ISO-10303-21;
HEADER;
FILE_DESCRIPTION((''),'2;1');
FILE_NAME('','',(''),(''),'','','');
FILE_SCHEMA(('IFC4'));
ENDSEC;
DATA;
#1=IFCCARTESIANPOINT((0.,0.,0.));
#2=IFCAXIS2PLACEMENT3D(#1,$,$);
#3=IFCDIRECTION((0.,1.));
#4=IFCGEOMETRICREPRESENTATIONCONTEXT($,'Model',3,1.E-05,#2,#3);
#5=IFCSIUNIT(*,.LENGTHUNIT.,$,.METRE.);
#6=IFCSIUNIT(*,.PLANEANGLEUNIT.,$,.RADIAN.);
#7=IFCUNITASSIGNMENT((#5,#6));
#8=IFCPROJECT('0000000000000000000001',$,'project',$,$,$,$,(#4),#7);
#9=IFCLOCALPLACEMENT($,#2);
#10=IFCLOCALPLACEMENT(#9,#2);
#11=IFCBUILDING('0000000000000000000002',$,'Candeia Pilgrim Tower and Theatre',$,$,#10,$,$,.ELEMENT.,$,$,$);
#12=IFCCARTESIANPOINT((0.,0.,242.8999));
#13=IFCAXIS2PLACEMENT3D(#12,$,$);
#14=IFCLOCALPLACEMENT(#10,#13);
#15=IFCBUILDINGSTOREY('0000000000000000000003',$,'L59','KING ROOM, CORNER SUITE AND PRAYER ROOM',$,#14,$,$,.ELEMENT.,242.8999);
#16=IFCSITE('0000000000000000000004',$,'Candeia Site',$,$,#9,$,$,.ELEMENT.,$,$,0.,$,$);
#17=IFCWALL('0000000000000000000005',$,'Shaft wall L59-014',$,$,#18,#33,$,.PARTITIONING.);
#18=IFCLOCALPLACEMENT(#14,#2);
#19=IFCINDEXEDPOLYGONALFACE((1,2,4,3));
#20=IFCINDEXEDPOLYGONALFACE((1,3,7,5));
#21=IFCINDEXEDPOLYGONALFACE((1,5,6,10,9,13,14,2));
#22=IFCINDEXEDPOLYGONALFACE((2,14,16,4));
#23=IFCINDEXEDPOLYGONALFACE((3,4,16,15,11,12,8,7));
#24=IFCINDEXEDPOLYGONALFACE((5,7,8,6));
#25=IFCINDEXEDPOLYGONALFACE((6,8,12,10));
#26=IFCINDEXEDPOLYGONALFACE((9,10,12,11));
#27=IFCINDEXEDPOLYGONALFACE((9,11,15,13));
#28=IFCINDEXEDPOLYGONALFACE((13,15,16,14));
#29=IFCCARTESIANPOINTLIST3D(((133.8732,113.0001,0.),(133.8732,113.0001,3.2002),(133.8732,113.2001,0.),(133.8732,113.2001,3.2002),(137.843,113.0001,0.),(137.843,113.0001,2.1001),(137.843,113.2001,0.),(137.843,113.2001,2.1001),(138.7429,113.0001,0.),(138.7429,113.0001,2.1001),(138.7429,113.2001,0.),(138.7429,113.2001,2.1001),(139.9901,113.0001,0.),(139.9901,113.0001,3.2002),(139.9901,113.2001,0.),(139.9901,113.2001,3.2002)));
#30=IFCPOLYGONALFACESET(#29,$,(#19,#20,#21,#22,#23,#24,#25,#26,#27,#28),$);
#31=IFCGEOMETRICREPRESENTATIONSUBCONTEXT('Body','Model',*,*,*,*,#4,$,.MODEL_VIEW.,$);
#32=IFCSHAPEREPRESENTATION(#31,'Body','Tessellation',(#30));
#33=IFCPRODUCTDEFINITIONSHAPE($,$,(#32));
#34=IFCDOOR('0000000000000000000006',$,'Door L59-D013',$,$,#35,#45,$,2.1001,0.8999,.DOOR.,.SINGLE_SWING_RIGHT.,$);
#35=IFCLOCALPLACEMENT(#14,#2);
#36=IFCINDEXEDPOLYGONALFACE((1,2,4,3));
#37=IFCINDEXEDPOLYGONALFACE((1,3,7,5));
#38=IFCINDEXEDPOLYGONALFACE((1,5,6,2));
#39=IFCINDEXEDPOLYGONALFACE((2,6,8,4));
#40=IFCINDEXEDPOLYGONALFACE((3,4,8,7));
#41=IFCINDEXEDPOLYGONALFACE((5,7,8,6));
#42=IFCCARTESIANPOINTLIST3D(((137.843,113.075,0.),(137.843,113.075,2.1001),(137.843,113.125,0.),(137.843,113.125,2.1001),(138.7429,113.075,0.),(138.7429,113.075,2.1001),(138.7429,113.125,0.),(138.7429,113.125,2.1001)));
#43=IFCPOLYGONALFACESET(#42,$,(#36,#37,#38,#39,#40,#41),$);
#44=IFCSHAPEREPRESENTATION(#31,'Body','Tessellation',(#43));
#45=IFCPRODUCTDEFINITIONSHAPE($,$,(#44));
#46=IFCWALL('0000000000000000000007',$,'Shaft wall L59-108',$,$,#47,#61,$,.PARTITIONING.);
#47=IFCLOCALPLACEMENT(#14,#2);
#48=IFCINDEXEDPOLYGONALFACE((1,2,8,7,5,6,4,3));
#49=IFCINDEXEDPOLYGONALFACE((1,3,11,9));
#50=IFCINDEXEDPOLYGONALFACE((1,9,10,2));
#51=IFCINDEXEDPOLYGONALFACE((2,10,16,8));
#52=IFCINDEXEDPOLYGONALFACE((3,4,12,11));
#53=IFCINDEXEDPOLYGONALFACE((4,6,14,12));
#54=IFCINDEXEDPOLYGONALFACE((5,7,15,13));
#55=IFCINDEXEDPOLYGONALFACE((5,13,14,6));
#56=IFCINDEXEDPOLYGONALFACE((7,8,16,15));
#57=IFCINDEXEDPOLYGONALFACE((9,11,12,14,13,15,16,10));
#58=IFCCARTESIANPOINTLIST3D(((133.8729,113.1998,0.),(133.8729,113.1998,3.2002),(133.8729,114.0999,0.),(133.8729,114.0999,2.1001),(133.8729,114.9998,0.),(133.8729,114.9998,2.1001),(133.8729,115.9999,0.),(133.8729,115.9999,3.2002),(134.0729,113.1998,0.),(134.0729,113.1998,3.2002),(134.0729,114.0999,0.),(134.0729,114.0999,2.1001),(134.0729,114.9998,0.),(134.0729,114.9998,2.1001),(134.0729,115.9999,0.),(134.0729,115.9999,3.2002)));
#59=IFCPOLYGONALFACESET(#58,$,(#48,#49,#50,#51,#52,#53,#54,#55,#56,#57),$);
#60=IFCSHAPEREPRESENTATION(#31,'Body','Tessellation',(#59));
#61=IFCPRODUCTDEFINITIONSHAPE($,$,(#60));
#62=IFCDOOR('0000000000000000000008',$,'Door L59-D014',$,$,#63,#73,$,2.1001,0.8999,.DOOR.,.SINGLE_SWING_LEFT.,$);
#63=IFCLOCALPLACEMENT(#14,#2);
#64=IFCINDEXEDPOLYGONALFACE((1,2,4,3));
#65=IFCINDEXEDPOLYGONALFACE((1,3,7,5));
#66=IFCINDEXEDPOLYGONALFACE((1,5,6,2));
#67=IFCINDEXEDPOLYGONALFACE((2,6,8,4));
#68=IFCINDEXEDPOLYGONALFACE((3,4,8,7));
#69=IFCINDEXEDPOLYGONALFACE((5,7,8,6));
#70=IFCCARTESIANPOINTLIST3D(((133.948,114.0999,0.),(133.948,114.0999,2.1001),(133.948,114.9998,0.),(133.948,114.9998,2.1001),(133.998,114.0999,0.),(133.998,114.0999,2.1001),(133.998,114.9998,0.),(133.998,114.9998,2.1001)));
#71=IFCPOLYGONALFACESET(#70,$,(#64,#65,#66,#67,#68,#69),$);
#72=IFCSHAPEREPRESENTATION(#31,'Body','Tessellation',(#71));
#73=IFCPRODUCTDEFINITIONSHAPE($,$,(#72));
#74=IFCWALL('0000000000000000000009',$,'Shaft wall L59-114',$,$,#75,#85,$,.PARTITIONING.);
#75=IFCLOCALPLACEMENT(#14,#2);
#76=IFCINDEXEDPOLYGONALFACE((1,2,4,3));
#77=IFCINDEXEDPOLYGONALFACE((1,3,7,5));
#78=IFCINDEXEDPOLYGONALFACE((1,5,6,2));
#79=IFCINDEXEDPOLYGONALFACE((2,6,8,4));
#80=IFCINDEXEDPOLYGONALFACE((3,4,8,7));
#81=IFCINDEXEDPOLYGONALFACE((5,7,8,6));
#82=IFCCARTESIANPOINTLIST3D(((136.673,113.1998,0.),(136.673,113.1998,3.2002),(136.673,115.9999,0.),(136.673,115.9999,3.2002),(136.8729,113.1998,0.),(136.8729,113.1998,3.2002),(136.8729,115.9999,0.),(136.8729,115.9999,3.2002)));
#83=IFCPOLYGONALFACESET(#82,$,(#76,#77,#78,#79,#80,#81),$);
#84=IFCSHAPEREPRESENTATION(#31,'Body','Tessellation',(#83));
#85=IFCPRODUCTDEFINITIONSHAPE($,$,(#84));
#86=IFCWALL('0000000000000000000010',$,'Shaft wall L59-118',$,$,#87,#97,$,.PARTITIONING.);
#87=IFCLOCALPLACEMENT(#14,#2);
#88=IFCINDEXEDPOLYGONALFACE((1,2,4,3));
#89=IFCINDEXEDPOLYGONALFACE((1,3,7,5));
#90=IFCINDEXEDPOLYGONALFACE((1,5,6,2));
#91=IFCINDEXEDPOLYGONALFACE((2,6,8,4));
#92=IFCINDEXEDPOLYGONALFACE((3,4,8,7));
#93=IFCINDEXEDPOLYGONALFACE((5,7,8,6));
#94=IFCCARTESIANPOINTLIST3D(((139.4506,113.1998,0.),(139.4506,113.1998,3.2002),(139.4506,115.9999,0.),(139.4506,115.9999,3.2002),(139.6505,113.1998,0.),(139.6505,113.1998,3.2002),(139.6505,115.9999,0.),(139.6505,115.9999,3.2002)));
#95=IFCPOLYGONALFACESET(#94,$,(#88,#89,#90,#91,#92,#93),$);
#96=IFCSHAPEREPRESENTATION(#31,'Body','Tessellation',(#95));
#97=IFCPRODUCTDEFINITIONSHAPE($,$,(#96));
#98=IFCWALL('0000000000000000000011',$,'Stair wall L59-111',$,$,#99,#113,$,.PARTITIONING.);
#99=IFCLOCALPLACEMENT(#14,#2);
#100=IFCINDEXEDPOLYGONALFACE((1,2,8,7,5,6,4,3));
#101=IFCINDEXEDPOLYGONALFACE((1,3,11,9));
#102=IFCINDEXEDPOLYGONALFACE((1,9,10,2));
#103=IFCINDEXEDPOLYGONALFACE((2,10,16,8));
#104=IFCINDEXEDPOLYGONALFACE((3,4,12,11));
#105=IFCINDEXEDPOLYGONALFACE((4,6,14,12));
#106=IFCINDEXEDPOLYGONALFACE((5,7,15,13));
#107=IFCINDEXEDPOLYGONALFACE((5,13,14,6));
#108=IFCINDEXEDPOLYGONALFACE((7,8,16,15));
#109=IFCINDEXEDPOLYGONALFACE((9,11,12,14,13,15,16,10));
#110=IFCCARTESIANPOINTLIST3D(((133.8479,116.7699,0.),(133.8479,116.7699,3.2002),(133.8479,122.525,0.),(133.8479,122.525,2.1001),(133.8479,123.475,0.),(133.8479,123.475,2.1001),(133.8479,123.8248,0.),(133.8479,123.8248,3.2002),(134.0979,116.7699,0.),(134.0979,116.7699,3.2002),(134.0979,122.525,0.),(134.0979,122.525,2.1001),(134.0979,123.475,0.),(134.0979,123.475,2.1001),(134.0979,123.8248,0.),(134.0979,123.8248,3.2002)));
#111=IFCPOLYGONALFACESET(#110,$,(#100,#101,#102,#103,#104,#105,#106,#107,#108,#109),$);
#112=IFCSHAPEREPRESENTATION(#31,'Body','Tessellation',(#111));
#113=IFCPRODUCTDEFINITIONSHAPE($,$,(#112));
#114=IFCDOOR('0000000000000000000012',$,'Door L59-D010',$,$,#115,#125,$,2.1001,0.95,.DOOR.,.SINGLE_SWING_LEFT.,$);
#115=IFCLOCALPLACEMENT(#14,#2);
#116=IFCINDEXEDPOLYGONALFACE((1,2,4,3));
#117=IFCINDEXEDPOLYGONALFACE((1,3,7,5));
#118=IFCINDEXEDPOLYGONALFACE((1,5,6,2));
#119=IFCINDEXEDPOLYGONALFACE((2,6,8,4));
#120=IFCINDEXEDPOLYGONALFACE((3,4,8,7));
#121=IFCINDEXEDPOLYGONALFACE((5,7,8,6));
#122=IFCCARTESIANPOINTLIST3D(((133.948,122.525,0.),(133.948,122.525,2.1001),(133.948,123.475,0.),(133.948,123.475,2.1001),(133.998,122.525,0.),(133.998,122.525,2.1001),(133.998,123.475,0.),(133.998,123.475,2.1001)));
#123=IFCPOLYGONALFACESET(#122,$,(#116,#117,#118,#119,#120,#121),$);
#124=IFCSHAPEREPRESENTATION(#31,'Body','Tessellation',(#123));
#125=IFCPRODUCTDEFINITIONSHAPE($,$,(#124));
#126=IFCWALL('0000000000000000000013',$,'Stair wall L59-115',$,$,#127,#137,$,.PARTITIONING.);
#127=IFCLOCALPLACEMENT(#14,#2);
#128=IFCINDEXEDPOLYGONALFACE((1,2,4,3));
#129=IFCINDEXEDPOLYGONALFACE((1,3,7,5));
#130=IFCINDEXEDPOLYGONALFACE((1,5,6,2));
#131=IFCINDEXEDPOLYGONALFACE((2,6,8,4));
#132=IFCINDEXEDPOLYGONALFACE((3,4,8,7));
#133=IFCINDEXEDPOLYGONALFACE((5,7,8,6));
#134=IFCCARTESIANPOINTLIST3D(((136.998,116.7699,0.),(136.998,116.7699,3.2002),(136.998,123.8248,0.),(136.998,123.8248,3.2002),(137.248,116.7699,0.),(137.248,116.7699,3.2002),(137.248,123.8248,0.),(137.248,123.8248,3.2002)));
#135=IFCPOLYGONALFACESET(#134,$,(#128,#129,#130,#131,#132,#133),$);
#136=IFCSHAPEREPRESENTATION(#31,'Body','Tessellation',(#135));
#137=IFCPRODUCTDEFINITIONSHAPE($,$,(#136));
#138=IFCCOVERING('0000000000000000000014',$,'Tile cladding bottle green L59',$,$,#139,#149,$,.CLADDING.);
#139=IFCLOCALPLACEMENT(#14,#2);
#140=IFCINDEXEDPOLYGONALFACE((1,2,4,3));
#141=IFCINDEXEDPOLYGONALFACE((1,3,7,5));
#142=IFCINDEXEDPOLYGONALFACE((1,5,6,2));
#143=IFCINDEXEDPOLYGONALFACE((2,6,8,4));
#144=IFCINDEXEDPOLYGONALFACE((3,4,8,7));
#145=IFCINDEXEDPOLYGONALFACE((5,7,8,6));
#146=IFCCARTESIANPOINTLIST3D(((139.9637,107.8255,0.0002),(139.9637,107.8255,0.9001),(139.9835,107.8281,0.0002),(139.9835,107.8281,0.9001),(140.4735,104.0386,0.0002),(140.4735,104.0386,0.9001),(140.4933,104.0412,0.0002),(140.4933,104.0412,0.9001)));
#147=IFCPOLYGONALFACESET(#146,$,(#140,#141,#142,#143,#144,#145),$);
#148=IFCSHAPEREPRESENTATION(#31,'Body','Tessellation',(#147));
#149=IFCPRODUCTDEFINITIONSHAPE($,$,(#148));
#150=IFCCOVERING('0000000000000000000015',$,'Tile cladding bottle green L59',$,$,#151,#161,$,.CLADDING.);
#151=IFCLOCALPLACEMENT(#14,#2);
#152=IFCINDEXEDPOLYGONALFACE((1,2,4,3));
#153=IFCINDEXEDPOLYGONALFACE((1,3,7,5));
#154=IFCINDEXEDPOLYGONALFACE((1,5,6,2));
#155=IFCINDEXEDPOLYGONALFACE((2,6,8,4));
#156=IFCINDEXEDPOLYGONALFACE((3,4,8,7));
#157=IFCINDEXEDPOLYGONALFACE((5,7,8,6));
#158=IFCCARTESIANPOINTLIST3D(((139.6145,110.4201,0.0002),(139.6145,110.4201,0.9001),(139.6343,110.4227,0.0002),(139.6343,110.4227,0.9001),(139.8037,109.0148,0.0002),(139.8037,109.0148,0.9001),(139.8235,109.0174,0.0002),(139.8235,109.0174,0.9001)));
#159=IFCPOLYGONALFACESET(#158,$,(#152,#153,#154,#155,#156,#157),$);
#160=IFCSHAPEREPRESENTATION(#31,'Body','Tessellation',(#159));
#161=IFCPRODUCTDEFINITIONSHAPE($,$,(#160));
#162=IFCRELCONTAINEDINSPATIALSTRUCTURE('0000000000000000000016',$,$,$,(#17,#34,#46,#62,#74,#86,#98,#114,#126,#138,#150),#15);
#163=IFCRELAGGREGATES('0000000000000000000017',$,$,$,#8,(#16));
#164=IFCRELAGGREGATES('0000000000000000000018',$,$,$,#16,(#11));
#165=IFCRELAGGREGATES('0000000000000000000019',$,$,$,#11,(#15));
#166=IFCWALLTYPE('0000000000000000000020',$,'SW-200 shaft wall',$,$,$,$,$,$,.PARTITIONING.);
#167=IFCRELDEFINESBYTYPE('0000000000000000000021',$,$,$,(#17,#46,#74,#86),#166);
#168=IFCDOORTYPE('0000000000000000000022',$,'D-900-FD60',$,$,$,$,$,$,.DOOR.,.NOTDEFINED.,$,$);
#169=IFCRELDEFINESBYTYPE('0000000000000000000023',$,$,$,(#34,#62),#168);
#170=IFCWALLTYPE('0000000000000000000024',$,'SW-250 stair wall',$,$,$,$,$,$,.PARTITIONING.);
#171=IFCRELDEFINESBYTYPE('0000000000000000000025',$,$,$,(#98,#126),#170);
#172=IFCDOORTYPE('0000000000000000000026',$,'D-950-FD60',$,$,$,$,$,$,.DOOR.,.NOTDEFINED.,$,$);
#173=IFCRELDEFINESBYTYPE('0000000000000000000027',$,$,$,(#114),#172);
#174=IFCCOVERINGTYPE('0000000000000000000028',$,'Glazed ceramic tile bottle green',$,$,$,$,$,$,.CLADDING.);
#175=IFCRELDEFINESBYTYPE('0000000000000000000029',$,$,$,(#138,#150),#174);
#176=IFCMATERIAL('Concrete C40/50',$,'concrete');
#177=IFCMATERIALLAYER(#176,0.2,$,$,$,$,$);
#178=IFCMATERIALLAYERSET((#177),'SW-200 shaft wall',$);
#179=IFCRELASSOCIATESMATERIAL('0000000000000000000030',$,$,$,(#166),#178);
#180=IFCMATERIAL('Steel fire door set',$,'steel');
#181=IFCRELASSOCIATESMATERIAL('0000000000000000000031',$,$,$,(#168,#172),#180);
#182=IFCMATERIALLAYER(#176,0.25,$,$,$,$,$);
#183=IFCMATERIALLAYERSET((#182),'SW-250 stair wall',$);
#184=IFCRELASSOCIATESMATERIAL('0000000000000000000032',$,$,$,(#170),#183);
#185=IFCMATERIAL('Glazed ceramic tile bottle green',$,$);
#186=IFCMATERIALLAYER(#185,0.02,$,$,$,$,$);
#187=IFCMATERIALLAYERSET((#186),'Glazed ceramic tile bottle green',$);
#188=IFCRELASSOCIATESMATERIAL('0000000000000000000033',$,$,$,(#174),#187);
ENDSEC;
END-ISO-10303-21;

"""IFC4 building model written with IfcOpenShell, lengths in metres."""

from ifc_helpers import new_model, si_unit, direction, frame, frame_2d, origin, origin_2d, place, context, subcontext, project, spatial, rectangle, extrude, material, layer, layer_set, type_object, element, fill, save


model = new_model("IFC4")

# Units and contexts
model_context = context("Model", 3, precision=1e-05, world=origin(), true_north=direction((0.0, 1.0)))
body_context = subcontext(model_context, "Body", "Model", "MODEL_VIEW")
ifc_project = project(units=[si_unit("LENGTHUNIT", "METRE"), si_unit("PLANEANGLEUNIT", "RADIAN")], contexts=[model_context])

# Site, building, storey
site_placement = place(None, origin())
site = spatial("IfcSite", under=ifc_project, at=site_placement, Name="Candeia Site", CompositionType="ELEMENT", RefElevation=0.0)
building_placement = place(site_placement, origin())
building = spatial("IfcBuilding", under=site, at=building_placement, Name="Candeia Pilgrim Tower and Theatre", CompositionType="ELEMENT")
storey_placement = place(building_placement, frame((0.0, 0.0, 242.8999)))
storey = spatial("IfcBuildingStorey", under=building, at=storey_placement, Name="L59", Description="KING ROOM, CORNER SUITE AND PRAYER ROOM", CompositionType="ELEMENT", Elevation=242.8999)

# Shared definitions
ifc_material_1 = material(Name="Steel fire door set", Category="steel")

# Walls, openings, doors
ifc_material_2 = material(Name="Concrete C40/50", Category="concrete")
ifc_layer_1 = layer(ifc_material_2, 0.2)
ifc_layer_set_1 = layer_set([ifc_layer_1], Name="SW-200 shaft wall")
wall_type_1 = type_object("IfcWallType", Name="SW-200 shaft wall", PredefinedType="PARTITIONING", material=ifc_layer_set_1)
wall_1_placement = place(storey_placement, frame((133.873, 113.1001, 0.0), z_axis=(0.0, 0.0, 1.0), x_axis=(1.0, 0.0, 0.0)))
wall_1 = element("IfcWall", 1, at=wall_1_placement, inside=storey, type_object=wall_type_1, Name="Shaft wall L59-014", PredefinedType="PARTITIONING", context=body_context, shape_type="SweptSolid", body=[
    extrude(rectangle(XDim=6.1169, YDim=0.2, at=frame_2d((3.0586, 0.0))), origin(), (0.0, 0.0, 1.0), 3.2002),
])
opening_1_placement = place(wall_1_placement, frame((3.97, 0.0, 0.0)))
opening_1 = element("IfcOpeningElement", 2, at=opening_1_placement, cuts=wall_1, PredefinedType="OPENING", context=body_context, shape_type="SweptSolid", body=[
    extrude(rectangle(XDim=0.8999, YDim=2.1001, at=frame_2d((0.45, 1.05))), frame((0.0, 0.1099, 0.0), z_axis=(0.0, -1.0, 0.0), x_axis=(1.0, 0.0, 0.0)), (0.0, 0.0, 1.0), 0.22),
])
door_type_1 = type_object("IfcDoorType", Name="D-900-FD60", OperationType="NOTDEFINED", PredefinedType="DOOR", material=ifc_material_1)
door_1_placement = place(opening_1_placement, origin())
door_1 = element("IfcDoor", 3, at=door_1_placement, inside=storey, type_object=door_type_1, Name="Door L59-D013", OperationType="SINGLE_SWING_RIGHT", OverallHeight=2.1001, OverallWidth=0.8999, PredefinedType="DOOR", context=body_context, shape_type="SweptSolid", body=[
    extrude(rectangle(XDim=0.8999, YDim=2.1001, at=frame_2d((0.45, 1.05))), frame((0.0, 0.0249, 0.0), z_axis=(0.0, -1.0, 0.0), x_axis=(1.0, 0.0, 0.0)), (0.0, 0.0, 1.0), 0.05),
])
fill(opening_1, door_1)
wall_2_placement = place(storey_placement, frame((133.9729, 113.2, 0.0), z_axis=(0.0, 0.0, 1.0), x_axis=(0.0, 1.0, 0.0)))
wall_2 = element("IfcWall", 4, at=wall_2_placement, inside=storey, type_object=wall_type_1, Name="Shaft wall L59-108", PredefinedType="PARTITIONING", context=body_context, shape_type="SweptSolid", body=[
    extrude(rectangle(XDim=2.8, YDim=0.2, at=frame_2d((1.3999, 0.0))), origin(), (0.0, 0.0, 1.0), 3.2002),
])
opening_2_placement = place(wall_2_placement, frame((0.8999, 0.0, 0.0)))
opening_2 = element("IfcOpeningElement", 5, at=opening_2_placement, cuts=wall_2, PredefinedType="OPENING", context=body_context, shape_type="SweptSolid", body=[
    extrude(rectangle(XDim=0.8999, YDim=2.1001, at=frame_2d((0.45, 1.05))), frame((0.0, 0.1099, 0.0), z_axis=(0.0, -1.0, 0.0), x_axis=(1.0, 0.0, 0.0)), (0.0, 0.0, 1.0), 0.22),
])
door_2_placement = place(opening_2_placement, origin())
door_2 = element("IfcDoor", 6, at=door_2_placement, inside=storey, type_object=door_type_1, Name="Door L59-D014", OperationType="SINGLE_SWING_LEFT", OverallHeight=2.1001, OverallWidth=0.8999, PredefinedType="DOOR", context=body_context, shape_type="SweptSolid", body=[
    extrude(rectangle(XDim=0.8999, YDim=2.1001, at=frame_2d((0.45, 1.05))), frame((0.0, 0.0249, 0.0), z_axis=(0.0, -1.0, 0.0), x_axis=(1.0, 0.0, 0.0)), (0.0, 0.0, 1.0), 0.05),
])
fill(opening_2, door_2)

# Walls
for number, where, z_axis, x_axis, name in (
    (7, (136.7729, 113.2, 0.0), (0.0, 0.0, 1.0), (0.0, 1.0, 0.0), "Shaft wall L59-114"),
    (8, (139.5505, 113.2, 0.0), (0.0, 0.0, 1.0), (0.0, 1.0, 0.0), "Shaft wall L59-118"),
):
    element("IfcWall", number, at=place(storey_placement, frame(where, z_axis=z_axis, x_axis=x_axis)), inside=storey, type_object=wall_type_1, Name=name, PredefinedType="PARTITIONING", context=body_context, shape_type="SweptSolid", body=[
        extrude(rectangle(XDim=2.8, YDim=0.2, at=frame_2d((1.3999, 0.0))), origin(), (0.0, 0.0, 1.0), 3.2002),
    ])

# Wall, opening, door
ifc_layer_2 = layer(ifc_material_2, 0.25)
ifc_layer_set_2 = layer_set([ifc_layer_2], Name="SW-250 stair wall")
wall_type_2 = type_object("IfcWallType", Name="SW-250 stair wall", PredefinedType="PARTITIONING", material=ifc_layer_set_2)
wall_3_placement = place(storey_placement, frame((133.9729, 116.77, 0.0), z_axis=(0.0, 0.0, 1.0), x_axis=(0.0, 1.0, 0.0)))
wall_3 = element("IfcWall", 9, at=wall_3_placement, inside=storey, type_object=wall_type_2, Name="Stair wall L59-111", PredefinedType="PARTITIONING", context=body_context, shape_type="SweptSolid", body=[
    extrude(rectangle(XDim=7.0549, YDim=0.25, at=frame_2d((3.5273, 0.0))), origin(), (0.0, 0.0, 1.0), 3.2002),
])
opening_3_placement = place(wall_3_placement, frame((5.7549, 0.0, 0.0)))
opening_3 = element("IfcOpeningElement", 10, at=opening_3_placement, cuts=wall_3, PredefinedType="OPENING", context=body_context, shape_type="SweptSolid", body=[
    extrude(rectangle(XDim=0.95, YDim=2.1001, at=frame_2d((0.4751, 1.05))), frame((0.0, 0.135, 0.0), z_axis=(0.0, -1.0, 0.0), x_axis=(1.0, 0.0, 0.0)), (0.0, 0.0, 1.0), 0.27),
])
door_type_2 = type_object("IfcDoorType", Name="D-950-FD60", OperationType="NOTDEFINED", PredefinedType="DOOR", material=ifc_material_1)
door_3_placement = place(opening_3_placement, origin())
door_3 = element("IfcDoor", 11, at=door_3_placement, inside=storey, type_object=door_type_2, Name="Door L59-D010", OperationType="SINGLE_SWING_LEFT", OverallHeight=2.1001, OverallWidth=0.95, PredefinedType="DOOR", context=body_context, shape_type="SweptSolid", body=[
    extrude(rectangle(XDim=0.95, YDim=2.1001, at=frame_2d((0.4751, 1.05))), frame((0.0, 0.0249, 0.0), z_axis=(0.0, -1.0, 0.0), x_axis=(1.0, 0.0, 0.0)), (0.0, 0.0, 1.0), 0.05),
])
fill(opening_3, door_3)

# Wall
wall_4_placement = place(storey_placement, frame((137.123, 116.77, 0.0), z_axis=(0.0, 0.0, 1.0), x_axis=(0.0, 1.0, 0.0)))
element("IfcWall", 12, at=wall_4_placement, inside=storey, type_object=wall_type_2, Name="Stair wall L59-115", PredefinedType="PARTITIONING", context=body_context, shape_type="SweptSolid", body=[
    extrude(rectangle(XDim=7.0549, YDim=0.25, at=frame_2d((3.5273, 0.0))), origin(), (0.0, 0.0, 1.0), 3.2002),
])

# Coverings
ifc_material_3 = material(Name="Glazed ceramic tile bottle green")
ifc_layer_3 = layer(ifc_material_3, 0.02)
ifc_layer_set_3 = layer_set([ifc_layer_3], Name="Glazed ceramic tile bottle green")
covering_type = type_object("IfcCoveringType", Name="Glazed ceramic tile bottle green", PredefinedType="CLADDING", material=ifc_layer_set_3)
covering_1_placement = place(storey_placement, frame((140.2285, 105.9333, 0.0002), z_axis=(0.0, 0.0, 1.0), x_axis=(-0.133412, 0.991061, 0.0)))
element("IfcCovering", 13, at=covering_1_placement, inside=storey, type_object=covering_type, Name="Tile cladding bottle green L59", PredefinedType="CLADDING", context=body_context, shape_type="SweptSolid", body=[
    extrude(rectangle(XDim=3.821, YDim=0.02, at=origin_2d()), origin(), (0.0, 0.0, 1.0), 0.8999),
])
covering_2_placement = place(storey_placement, frame((139.719, 109.7188, 0.0002), z_axis=(0.0, 0.0, 1.0), x_axis=(-0.133412, 0.991061, 0.0)))
element("IfcCovering", 14, at=covering_2_placement, inside=storey, type_object=covering_type, Name="Tile cladding bottle green L59", PredefinedType="CLADDING", context=body_context, shape_type="SweptSolid", body=[
    extrude(rectangle(XDim=1.418, YDim=0.02, at=origin_2d()), origin(), (0.0, 0.0, 1.0), 0.8999),
])

save(model, "model.ifc")
